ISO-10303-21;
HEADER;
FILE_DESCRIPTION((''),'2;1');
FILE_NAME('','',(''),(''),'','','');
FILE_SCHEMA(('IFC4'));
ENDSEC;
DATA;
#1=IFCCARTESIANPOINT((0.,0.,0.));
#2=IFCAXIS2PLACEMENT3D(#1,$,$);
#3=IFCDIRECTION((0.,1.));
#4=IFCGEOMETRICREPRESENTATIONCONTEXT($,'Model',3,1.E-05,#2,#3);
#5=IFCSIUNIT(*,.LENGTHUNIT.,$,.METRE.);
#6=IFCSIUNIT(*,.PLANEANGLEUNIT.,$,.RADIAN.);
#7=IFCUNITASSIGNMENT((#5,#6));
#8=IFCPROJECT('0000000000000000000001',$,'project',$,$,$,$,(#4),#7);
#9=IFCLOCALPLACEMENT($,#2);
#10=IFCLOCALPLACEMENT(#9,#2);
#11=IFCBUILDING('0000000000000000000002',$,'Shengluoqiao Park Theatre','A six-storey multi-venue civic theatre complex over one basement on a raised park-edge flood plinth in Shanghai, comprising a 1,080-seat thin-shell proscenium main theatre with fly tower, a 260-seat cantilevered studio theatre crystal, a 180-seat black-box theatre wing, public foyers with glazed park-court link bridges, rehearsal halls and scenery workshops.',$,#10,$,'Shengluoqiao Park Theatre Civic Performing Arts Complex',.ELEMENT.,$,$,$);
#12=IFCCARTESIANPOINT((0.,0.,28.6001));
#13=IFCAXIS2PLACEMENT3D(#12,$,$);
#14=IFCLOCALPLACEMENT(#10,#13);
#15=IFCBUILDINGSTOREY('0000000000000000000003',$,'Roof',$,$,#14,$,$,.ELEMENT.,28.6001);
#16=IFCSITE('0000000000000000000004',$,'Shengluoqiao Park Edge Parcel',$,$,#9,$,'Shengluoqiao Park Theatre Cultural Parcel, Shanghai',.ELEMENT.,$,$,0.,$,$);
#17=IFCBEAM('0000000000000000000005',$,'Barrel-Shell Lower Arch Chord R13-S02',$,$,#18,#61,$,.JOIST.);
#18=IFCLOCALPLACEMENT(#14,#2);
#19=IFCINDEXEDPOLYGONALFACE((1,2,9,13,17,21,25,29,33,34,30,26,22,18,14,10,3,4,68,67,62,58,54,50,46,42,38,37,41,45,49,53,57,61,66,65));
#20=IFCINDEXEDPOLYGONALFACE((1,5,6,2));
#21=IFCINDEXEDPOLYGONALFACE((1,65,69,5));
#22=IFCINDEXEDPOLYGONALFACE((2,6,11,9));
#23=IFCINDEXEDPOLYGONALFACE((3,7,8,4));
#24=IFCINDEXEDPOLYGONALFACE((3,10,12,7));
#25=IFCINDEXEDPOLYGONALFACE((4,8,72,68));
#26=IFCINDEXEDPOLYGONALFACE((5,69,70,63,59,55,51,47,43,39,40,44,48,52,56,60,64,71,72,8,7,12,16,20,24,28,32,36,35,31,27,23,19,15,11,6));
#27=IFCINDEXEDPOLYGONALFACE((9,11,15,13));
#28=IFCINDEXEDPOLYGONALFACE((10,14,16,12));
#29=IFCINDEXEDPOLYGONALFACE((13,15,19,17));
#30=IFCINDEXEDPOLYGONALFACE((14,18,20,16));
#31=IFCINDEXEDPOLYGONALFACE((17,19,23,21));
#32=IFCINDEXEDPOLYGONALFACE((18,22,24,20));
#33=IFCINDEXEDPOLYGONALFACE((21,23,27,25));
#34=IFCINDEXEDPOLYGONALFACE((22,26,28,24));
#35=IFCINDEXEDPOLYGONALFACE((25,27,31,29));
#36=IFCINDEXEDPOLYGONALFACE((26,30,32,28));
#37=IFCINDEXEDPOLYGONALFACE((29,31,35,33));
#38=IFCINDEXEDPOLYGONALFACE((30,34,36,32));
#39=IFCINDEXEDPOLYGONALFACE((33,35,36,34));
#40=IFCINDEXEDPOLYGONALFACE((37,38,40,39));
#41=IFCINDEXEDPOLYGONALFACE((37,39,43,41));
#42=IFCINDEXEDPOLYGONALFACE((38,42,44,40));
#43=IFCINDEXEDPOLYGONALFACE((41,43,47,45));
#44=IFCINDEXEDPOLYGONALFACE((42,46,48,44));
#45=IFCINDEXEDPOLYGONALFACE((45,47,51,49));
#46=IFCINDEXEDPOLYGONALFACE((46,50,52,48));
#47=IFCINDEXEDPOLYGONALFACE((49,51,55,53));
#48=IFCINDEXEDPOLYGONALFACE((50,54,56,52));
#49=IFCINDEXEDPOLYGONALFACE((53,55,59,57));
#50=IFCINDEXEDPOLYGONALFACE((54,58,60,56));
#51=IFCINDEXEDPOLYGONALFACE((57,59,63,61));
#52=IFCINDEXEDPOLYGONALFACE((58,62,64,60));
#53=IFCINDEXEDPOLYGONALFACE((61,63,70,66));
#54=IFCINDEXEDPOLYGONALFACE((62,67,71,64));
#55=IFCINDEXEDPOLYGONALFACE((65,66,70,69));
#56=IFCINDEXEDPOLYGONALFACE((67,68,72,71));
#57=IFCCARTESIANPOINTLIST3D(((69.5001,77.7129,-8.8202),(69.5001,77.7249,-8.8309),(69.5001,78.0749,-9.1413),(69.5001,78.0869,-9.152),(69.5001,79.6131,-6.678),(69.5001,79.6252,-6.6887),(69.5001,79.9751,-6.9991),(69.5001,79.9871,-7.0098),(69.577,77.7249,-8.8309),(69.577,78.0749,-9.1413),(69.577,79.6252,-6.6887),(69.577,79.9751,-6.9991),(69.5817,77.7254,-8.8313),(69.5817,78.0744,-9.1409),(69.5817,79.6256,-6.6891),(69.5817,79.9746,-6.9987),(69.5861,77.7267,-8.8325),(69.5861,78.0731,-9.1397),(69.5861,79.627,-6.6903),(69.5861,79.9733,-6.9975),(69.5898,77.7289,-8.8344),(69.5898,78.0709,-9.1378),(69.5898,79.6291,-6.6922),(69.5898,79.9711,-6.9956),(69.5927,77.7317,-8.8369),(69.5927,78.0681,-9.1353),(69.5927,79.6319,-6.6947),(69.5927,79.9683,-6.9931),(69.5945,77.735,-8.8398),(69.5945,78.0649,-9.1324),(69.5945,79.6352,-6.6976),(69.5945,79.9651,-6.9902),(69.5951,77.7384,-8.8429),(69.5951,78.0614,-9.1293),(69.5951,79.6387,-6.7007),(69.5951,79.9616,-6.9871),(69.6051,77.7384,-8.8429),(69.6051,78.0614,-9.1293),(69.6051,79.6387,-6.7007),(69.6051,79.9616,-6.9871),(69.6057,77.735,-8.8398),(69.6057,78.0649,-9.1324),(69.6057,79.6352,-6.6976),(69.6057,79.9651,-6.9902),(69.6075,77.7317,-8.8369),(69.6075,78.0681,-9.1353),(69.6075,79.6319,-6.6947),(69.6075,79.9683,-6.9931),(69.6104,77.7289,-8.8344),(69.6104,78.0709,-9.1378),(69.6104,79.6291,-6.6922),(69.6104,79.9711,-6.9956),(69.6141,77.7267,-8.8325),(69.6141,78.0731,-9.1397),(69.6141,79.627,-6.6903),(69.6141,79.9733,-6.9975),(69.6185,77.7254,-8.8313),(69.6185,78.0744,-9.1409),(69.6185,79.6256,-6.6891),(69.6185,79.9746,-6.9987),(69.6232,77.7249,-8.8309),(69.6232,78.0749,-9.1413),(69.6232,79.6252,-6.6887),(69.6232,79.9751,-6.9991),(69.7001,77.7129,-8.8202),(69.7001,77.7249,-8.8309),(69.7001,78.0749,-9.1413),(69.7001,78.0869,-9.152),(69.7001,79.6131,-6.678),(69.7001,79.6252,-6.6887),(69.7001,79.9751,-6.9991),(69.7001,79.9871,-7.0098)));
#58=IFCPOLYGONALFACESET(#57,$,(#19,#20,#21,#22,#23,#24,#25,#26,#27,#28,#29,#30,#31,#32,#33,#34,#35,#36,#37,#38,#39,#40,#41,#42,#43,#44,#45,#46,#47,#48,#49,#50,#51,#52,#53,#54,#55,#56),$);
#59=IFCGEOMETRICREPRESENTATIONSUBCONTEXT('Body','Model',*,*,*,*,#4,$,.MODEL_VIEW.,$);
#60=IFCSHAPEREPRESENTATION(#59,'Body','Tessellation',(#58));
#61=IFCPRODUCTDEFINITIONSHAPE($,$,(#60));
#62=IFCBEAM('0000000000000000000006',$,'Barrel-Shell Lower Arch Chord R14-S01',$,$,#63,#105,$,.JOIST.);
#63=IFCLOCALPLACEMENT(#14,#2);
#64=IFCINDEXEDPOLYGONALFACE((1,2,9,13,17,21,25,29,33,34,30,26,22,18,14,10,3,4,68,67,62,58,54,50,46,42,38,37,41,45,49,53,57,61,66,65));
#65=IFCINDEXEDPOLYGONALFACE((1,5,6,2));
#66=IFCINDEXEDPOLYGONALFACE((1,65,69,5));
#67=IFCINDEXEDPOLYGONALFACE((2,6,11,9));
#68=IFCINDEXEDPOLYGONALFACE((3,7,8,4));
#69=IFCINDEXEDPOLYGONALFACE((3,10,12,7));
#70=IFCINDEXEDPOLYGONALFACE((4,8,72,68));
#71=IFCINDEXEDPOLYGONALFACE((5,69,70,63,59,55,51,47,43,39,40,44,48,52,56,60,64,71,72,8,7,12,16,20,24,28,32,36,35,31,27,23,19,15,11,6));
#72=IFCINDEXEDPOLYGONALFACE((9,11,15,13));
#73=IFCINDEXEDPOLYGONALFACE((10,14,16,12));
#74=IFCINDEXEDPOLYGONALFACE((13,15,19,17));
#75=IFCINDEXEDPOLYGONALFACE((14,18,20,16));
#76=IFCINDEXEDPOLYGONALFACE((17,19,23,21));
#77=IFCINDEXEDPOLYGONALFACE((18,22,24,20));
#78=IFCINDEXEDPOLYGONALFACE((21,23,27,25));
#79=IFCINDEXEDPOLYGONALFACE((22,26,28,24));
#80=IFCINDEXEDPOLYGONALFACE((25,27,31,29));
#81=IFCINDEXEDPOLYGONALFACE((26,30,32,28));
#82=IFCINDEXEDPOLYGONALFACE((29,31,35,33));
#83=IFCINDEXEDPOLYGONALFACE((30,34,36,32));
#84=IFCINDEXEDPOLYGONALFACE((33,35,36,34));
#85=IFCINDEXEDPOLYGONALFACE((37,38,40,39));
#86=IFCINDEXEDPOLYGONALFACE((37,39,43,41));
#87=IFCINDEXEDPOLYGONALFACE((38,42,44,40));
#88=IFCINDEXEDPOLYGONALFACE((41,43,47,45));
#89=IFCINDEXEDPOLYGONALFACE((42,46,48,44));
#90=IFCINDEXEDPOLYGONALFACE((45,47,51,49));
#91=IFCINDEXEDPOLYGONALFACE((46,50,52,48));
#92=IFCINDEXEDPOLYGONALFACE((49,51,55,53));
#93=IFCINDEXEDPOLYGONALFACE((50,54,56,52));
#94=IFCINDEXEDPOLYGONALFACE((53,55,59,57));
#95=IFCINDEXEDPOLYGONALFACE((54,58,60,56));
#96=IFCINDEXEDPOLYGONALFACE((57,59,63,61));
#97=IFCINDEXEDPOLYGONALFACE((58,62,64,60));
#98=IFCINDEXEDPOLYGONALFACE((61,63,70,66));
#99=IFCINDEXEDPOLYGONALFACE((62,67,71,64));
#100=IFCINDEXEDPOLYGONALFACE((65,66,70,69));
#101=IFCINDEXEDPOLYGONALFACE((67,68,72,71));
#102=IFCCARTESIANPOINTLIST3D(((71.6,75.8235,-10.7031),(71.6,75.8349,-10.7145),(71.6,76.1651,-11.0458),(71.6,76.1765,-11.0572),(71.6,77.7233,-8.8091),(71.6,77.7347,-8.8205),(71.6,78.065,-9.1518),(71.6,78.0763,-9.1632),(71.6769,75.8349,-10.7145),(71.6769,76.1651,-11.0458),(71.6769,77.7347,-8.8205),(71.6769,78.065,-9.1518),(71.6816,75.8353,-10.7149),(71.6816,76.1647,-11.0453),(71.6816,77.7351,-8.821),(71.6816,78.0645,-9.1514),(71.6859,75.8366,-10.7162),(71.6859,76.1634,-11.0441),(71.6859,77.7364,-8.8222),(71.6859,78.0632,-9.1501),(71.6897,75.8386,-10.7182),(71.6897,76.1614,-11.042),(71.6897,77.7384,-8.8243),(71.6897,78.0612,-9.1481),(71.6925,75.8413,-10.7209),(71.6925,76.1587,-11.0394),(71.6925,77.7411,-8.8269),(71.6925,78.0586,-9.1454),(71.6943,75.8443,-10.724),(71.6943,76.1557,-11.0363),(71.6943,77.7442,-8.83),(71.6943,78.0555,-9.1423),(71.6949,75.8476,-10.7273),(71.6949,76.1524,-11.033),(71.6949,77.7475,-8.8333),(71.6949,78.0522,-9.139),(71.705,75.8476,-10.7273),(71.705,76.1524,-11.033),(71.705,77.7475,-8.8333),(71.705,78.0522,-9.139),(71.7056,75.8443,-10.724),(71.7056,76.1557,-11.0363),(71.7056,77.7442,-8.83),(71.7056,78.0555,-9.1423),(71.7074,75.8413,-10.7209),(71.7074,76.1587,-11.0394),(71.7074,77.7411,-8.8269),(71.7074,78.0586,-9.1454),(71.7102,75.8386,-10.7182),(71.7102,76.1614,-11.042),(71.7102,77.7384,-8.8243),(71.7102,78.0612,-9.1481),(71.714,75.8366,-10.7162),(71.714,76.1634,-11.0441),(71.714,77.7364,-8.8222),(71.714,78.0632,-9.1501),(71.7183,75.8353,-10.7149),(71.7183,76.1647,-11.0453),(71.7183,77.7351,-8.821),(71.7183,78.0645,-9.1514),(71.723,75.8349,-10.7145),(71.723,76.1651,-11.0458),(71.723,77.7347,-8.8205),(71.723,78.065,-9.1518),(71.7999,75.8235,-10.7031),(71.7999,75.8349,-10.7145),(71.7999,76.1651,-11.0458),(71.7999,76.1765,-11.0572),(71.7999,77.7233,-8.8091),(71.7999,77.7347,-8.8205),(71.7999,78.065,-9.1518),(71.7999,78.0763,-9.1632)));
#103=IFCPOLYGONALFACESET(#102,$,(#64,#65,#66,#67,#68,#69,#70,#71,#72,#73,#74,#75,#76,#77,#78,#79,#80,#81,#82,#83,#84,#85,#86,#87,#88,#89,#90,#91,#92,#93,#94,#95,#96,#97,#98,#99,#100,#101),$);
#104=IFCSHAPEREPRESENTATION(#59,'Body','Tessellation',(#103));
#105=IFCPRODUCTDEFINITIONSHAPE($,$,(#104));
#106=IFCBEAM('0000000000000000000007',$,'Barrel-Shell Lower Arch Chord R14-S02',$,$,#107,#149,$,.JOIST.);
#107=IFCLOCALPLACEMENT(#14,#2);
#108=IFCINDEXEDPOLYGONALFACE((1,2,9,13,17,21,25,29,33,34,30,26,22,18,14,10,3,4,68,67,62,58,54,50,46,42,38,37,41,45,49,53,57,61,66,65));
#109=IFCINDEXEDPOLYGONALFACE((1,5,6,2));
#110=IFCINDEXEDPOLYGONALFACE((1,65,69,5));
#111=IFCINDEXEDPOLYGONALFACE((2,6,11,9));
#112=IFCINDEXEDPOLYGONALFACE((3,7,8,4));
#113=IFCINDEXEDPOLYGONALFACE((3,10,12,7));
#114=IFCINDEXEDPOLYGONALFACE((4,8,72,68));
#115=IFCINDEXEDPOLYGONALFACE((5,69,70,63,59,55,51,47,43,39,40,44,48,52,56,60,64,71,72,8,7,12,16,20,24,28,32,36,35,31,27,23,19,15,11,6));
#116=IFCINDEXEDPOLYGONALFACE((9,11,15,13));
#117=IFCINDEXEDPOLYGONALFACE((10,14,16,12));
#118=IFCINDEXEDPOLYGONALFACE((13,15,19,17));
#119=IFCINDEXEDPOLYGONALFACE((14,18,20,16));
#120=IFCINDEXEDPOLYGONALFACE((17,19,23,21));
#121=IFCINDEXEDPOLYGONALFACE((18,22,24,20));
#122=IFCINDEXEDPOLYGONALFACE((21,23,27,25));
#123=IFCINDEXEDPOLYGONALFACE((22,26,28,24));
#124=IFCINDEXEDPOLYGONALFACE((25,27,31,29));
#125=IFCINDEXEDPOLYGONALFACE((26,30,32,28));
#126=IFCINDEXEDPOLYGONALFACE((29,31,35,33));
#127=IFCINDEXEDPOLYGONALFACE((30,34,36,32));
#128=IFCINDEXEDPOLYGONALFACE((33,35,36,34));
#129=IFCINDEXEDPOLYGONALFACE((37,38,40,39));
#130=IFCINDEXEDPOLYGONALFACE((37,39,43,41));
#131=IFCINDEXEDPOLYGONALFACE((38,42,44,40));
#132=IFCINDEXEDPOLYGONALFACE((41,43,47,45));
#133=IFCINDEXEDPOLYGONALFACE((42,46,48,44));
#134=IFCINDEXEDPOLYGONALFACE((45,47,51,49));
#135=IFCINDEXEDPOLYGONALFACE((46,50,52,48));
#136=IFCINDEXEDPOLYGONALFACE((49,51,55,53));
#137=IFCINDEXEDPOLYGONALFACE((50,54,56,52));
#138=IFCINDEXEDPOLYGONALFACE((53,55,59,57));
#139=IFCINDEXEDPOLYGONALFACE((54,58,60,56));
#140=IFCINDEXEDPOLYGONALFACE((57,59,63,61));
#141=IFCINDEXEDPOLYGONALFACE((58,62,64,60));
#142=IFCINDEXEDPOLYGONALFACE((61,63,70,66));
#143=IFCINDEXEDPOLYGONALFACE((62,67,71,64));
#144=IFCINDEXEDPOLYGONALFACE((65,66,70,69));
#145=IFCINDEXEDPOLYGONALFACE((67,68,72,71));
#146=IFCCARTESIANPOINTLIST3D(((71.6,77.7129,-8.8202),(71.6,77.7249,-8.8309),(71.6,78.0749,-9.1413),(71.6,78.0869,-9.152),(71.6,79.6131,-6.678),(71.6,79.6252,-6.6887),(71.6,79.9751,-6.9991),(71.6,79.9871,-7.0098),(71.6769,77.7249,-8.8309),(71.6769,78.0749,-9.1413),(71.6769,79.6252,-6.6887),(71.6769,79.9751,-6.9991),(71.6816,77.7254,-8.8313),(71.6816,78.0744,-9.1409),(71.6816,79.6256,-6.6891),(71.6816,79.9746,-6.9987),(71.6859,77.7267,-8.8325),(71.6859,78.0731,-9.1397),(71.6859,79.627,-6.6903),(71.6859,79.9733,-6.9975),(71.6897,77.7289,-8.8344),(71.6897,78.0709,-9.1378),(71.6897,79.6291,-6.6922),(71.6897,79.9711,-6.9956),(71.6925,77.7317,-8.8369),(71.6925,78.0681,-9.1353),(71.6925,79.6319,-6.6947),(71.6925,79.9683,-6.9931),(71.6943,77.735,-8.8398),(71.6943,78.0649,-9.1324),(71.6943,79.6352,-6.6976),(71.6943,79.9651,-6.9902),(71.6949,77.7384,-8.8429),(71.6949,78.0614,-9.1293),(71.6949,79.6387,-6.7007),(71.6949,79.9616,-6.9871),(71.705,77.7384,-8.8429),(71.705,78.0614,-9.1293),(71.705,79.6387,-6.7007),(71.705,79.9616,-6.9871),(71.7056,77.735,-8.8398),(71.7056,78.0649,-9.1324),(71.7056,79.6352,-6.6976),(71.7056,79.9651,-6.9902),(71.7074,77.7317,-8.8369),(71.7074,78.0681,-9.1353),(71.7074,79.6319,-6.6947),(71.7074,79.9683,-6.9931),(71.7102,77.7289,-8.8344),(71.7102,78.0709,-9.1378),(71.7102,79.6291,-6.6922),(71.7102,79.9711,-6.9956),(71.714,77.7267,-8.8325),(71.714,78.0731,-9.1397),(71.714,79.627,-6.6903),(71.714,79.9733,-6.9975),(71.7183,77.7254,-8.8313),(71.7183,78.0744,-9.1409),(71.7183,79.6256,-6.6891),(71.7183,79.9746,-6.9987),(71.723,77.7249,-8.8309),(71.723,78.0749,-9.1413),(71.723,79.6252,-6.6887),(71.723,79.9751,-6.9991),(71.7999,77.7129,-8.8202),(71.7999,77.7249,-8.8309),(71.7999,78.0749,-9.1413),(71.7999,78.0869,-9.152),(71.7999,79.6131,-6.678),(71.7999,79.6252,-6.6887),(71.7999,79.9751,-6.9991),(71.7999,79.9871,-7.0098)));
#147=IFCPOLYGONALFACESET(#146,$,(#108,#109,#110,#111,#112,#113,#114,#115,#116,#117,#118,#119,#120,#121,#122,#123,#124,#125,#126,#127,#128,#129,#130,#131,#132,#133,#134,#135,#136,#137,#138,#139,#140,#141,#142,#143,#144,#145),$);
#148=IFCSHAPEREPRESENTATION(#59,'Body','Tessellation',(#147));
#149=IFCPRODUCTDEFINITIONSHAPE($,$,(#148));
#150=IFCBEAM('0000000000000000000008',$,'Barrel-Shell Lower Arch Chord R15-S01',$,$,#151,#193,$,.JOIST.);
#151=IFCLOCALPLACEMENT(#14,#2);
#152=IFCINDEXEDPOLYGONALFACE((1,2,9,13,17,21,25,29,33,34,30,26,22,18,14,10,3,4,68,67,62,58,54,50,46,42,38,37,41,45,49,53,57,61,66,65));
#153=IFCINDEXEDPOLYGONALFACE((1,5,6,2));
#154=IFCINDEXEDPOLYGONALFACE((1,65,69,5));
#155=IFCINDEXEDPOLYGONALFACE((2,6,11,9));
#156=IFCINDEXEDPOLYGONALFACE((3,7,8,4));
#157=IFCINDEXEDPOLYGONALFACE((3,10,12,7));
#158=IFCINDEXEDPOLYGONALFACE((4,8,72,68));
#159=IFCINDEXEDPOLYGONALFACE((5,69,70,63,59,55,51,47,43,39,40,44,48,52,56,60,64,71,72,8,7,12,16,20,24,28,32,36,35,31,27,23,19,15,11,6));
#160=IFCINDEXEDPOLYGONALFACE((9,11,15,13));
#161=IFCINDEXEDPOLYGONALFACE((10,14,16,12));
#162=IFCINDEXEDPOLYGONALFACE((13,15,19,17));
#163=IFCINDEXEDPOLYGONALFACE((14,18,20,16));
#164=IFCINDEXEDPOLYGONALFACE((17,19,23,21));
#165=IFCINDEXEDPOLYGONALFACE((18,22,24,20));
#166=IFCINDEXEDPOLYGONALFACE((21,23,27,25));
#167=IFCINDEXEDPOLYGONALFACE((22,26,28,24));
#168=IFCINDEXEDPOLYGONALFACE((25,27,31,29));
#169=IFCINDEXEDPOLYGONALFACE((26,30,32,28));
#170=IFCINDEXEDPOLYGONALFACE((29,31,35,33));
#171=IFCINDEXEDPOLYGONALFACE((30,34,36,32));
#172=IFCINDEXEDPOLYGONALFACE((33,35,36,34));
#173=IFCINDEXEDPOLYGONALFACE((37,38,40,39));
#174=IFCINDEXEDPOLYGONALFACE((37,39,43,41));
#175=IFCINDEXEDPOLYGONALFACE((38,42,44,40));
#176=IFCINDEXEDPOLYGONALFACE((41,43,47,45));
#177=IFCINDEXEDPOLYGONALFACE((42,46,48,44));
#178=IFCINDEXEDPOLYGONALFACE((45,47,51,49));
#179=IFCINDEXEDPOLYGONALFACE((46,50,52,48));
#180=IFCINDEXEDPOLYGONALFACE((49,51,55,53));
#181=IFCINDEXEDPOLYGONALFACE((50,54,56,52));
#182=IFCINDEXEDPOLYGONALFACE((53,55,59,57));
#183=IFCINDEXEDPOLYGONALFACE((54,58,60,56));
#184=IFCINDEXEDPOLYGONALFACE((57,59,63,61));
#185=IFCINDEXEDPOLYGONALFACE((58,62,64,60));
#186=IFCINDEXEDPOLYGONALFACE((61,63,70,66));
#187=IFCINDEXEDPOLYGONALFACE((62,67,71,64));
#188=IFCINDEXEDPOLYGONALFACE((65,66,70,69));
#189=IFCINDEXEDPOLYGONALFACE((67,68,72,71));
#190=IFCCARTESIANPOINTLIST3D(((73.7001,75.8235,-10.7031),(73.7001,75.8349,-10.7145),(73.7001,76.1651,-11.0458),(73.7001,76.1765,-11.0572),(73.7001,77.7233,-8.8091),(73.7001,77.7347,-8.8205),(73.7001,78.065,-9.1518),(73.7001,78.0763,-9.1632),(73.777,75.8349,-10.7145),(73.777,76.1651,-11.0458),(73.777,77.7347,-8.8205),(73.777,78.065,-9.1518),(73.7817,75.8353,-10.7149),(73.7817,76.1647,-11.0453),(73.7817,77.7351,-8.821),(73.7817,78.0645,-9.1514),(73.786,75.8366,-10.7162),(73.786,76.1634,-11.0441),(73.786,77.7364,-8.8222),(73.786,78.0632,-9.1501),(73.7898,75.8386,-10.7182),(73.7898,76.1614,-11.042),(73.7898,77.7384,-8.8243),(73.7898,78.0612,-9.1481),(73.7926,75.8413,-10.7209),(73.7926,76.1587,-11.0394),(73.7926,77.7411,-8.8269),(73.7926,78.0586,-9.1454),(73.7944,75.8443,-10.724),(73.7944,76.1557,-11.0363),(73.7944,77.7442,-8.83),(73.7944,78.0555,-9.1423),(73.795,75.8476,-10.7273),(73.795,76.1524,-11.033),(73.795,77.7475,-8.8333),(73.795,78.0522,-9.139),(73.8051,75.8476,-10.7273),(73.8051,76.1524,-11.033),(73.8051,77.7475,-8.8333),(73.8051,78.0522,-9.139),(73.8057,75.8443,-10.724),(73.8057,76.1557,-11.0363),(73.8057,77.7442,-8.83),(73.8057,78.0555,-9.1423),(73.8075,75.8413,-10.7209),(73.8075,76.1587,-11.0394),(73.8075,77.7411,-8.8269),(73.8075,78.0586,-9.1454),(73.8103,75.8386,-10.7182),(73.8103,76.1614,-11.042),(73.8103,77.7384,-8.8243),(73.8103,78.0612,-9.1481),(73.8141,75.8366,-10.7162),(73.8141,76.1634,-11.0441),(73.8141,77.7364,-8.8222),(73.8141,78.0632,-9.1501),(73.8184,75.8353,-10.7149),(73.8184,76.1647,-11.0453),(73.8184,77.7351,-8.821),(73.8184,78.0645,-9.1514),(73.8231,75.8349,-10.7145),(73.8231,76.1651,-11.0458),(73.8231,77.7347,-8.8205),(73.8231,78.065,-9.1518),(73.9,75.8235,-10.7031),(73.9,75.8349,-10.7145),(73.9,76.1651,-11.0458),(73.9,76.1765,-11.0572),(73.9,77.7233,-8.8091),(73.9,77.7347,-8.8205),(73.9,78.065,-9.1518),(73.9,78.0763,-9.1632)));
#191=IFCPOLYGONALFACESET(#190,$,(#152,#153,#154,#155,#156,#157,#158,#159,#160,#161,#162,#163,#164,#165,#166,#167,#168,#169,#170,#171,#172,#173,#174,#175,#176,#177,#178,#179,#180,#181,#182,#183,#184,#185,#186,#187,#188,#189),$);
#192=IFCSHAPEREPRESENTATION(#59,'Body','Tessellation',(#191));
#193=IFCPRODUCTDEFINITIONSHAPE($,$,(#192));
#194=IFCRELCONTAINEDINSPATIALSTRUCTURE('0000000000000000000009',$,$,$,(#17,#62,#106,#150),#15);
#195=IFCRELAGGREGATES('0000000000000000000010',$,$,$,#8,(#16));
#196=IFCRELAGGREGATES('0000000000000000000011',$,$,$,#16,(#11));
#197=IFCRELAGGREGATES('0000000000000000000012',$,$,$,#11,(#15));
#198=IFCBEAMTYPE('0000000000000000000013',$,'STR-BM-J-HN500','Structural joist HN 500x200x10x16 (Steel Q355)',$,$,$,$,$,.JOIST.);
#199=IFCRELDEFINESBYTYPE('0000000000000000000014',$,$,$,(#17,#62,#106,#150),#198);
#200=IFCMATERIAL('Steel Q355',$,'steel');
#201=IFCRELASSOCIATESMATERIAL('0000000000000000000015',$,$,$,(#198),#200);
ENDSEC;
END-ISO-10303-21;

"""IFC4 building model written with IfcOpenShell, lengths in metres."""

from ifc_helpers import new_model, si_unit, direction, frame, origin, origin_2d, place, context, subcontext, project, spatial, i_section, extrude, material, material_profile, profile_set, type_object, element, save


model = new_model("IFC4")

# Units and contexts
model_context = context("Model", 3, precision=1e-05, world=origin(), true_north=direction((0.0, 1.0)))
body_context = subcontext(model_context, "Body", "Model", "MODEL_VIEW")
ifc_project = project(units=[si_unit("LENGTHUNIT", "METRE"), si_unit("PLANEANGLEUNIT", "RADIAN")], contexts=[model_context])

# Site, building, storey
site_placement = place(None, origin())
site = spatial("IfcSite", under=ifc_project, at=site_placement, Name="Shengluoqiao Park Edge Parcel", LongName="Shengluoqiao Park Theatre Cultural Parcel, Shanghai", CompositionType="ELEMENT", RefElevation=0.0)
building_placement = place(site_placement, origin())
building = spatial("IfcBuilding", under=site, at=building_placement, Name="Shengluoqiao Park Theatre", Description="A six-storey multi-venue civic theatre complex over one basement on a raised park-edge flood plinth in Shanghai, comprising a 1,080-seat thin-shell proscenium main theatre with fly tower, a 260-seat cantilevered studio theatre crystal, a 180-seat black-box theatre wing, public foyers with glazed park-court link bridges, rehearsal halls and scenery workshops.", LongName="Shengluoqiao Park Theatre Civic Performing Arts Complex", CompositionType="ELEMENT")
storey_placement = place(building_placement, frame((0.0, 0.0, 28.6001)))
storey = spatial("IfcBuildingStorey", under=building, at=storey_placement, Name="Roof", CompositionType="ELEMENT", Elevation=28.6001)

# Beams
ifc_material_1 = material(Name="Steel Q355", Category="steel")
ifc_material_profile_1 = material_profile(ifc_material_1, i_section(OverallWidth=0.2, OverallDepth=0.5, WebThickness=0.01, FlangeThickness=0.0161, FilletRadius=0.0181, at=origin_2d()), Name="HN 500x200x10x16")
ifc_profile_set_1 = profile_set([ifc_material_profile_1], Name="Steel Q355")
beam_type_1 = type_object("IfcBeamType", Name="STR-BM-J-HN500", Description="Structural joist HN 500x200x10x16 (Steel Q355)", PredefinedType="JOIST", material=ifc_profile_set_1)
beam_1_placement = place(storey_placement, frame((69.6001, 77.8999, -8.9861), z_axis=(0.0, 0.663596, 0.748091), x_axis=(-1.0, 0.0, 0.0)))
element("IfcBeam", 1, at=beam_1_placement, inside=storey, type_object=beam_type_1, Name="Barrel-Shell Lower Arch Chord R13-S02", PredefinedType="JOIST", context=body_context, shape_type="SweptSolid", body=[
    extrude(i_section(OverallWidth=0.2, OverallDepth=0.5, WebThickness=0.01, FlangeThickness=0.0161, FilletRadius=0.0181, at=origin_2d()), origin(), (0.0, 0.0, 1.0), 2.8635),
])
beam_2_placement = place(storey_placement, frame((71.7, 76.0, -10.8801), z_axis=(0.0, 0.708198, 0.706014), x_axis=(-1.0, 0.0, 0.0)))
element("IfcBeam", 2, at=beam_2_placement, inside=storey, type_object=beam_type_1, Name="Barrel-Shell Lower Arch Chord R14-S01", PredefinedType="JOIST", context=body_context, shape_type="SweptSolid", body=[
    extrude(i_section(OverallWidth=0.2, OverallDepth=0.5, WebThickness=0.01, FlangeThickness=0.0161, FilletRadius=0.0181, at=origin_2d()), origin(), (0.0, 0.0, 1.0), 2.6826),
])
beam_3_placement = place(storey_placement, frame((71.7, 77.8999, -8.9861), z_axis=(0.0, 0.663596, 0.748091), x_axis=(-1.0, 0.0, 0.0)))
element("IfcBeam", 3, at=beam_3_placement, inside=storey, type_object=beam_type_1, Name="Barrel-Shell Lower Arch Chord R14-S02", PredefinedType="JOIST", context=body_context, shape_type="SweptSolid", body=[
    extrude(i_section(OverallWidth=0.2, OverallDepth=0.5, WebThickness=0.01, FlangeThickness=0.0161, FilletRadius=0.0181, at=origin_2d()), origin(), (0.0, 0.0, 1.0), 2.8635),
])
beam_4_placement = place(storey_placement, frame((73.8, 76.0, -10.8801), z_axis=(0.0, 0.708198, 0.706014), x_axis=(-1.0, 0.0, 0.0)))
element("IfcBeam", 4, at=beam_4_placement, inside=storey, type_object=beam_type_1, Name="Barrel-Shell Lower Arch Chord R15-S01", PredefinedType="JOIST", context=body_context, shape_type="SweptSolid", body=[
    extrude(i_section(OverallWidth=0.2, OverallDepth=0.5, WebThickness=0.01, FlangeThickness=0.0161, FilletRadius=0.0181, at=origin_2d()), origin(), (0.0, 0.0, 1.0), 2.6826),
])

save(model, "model.ifc")
